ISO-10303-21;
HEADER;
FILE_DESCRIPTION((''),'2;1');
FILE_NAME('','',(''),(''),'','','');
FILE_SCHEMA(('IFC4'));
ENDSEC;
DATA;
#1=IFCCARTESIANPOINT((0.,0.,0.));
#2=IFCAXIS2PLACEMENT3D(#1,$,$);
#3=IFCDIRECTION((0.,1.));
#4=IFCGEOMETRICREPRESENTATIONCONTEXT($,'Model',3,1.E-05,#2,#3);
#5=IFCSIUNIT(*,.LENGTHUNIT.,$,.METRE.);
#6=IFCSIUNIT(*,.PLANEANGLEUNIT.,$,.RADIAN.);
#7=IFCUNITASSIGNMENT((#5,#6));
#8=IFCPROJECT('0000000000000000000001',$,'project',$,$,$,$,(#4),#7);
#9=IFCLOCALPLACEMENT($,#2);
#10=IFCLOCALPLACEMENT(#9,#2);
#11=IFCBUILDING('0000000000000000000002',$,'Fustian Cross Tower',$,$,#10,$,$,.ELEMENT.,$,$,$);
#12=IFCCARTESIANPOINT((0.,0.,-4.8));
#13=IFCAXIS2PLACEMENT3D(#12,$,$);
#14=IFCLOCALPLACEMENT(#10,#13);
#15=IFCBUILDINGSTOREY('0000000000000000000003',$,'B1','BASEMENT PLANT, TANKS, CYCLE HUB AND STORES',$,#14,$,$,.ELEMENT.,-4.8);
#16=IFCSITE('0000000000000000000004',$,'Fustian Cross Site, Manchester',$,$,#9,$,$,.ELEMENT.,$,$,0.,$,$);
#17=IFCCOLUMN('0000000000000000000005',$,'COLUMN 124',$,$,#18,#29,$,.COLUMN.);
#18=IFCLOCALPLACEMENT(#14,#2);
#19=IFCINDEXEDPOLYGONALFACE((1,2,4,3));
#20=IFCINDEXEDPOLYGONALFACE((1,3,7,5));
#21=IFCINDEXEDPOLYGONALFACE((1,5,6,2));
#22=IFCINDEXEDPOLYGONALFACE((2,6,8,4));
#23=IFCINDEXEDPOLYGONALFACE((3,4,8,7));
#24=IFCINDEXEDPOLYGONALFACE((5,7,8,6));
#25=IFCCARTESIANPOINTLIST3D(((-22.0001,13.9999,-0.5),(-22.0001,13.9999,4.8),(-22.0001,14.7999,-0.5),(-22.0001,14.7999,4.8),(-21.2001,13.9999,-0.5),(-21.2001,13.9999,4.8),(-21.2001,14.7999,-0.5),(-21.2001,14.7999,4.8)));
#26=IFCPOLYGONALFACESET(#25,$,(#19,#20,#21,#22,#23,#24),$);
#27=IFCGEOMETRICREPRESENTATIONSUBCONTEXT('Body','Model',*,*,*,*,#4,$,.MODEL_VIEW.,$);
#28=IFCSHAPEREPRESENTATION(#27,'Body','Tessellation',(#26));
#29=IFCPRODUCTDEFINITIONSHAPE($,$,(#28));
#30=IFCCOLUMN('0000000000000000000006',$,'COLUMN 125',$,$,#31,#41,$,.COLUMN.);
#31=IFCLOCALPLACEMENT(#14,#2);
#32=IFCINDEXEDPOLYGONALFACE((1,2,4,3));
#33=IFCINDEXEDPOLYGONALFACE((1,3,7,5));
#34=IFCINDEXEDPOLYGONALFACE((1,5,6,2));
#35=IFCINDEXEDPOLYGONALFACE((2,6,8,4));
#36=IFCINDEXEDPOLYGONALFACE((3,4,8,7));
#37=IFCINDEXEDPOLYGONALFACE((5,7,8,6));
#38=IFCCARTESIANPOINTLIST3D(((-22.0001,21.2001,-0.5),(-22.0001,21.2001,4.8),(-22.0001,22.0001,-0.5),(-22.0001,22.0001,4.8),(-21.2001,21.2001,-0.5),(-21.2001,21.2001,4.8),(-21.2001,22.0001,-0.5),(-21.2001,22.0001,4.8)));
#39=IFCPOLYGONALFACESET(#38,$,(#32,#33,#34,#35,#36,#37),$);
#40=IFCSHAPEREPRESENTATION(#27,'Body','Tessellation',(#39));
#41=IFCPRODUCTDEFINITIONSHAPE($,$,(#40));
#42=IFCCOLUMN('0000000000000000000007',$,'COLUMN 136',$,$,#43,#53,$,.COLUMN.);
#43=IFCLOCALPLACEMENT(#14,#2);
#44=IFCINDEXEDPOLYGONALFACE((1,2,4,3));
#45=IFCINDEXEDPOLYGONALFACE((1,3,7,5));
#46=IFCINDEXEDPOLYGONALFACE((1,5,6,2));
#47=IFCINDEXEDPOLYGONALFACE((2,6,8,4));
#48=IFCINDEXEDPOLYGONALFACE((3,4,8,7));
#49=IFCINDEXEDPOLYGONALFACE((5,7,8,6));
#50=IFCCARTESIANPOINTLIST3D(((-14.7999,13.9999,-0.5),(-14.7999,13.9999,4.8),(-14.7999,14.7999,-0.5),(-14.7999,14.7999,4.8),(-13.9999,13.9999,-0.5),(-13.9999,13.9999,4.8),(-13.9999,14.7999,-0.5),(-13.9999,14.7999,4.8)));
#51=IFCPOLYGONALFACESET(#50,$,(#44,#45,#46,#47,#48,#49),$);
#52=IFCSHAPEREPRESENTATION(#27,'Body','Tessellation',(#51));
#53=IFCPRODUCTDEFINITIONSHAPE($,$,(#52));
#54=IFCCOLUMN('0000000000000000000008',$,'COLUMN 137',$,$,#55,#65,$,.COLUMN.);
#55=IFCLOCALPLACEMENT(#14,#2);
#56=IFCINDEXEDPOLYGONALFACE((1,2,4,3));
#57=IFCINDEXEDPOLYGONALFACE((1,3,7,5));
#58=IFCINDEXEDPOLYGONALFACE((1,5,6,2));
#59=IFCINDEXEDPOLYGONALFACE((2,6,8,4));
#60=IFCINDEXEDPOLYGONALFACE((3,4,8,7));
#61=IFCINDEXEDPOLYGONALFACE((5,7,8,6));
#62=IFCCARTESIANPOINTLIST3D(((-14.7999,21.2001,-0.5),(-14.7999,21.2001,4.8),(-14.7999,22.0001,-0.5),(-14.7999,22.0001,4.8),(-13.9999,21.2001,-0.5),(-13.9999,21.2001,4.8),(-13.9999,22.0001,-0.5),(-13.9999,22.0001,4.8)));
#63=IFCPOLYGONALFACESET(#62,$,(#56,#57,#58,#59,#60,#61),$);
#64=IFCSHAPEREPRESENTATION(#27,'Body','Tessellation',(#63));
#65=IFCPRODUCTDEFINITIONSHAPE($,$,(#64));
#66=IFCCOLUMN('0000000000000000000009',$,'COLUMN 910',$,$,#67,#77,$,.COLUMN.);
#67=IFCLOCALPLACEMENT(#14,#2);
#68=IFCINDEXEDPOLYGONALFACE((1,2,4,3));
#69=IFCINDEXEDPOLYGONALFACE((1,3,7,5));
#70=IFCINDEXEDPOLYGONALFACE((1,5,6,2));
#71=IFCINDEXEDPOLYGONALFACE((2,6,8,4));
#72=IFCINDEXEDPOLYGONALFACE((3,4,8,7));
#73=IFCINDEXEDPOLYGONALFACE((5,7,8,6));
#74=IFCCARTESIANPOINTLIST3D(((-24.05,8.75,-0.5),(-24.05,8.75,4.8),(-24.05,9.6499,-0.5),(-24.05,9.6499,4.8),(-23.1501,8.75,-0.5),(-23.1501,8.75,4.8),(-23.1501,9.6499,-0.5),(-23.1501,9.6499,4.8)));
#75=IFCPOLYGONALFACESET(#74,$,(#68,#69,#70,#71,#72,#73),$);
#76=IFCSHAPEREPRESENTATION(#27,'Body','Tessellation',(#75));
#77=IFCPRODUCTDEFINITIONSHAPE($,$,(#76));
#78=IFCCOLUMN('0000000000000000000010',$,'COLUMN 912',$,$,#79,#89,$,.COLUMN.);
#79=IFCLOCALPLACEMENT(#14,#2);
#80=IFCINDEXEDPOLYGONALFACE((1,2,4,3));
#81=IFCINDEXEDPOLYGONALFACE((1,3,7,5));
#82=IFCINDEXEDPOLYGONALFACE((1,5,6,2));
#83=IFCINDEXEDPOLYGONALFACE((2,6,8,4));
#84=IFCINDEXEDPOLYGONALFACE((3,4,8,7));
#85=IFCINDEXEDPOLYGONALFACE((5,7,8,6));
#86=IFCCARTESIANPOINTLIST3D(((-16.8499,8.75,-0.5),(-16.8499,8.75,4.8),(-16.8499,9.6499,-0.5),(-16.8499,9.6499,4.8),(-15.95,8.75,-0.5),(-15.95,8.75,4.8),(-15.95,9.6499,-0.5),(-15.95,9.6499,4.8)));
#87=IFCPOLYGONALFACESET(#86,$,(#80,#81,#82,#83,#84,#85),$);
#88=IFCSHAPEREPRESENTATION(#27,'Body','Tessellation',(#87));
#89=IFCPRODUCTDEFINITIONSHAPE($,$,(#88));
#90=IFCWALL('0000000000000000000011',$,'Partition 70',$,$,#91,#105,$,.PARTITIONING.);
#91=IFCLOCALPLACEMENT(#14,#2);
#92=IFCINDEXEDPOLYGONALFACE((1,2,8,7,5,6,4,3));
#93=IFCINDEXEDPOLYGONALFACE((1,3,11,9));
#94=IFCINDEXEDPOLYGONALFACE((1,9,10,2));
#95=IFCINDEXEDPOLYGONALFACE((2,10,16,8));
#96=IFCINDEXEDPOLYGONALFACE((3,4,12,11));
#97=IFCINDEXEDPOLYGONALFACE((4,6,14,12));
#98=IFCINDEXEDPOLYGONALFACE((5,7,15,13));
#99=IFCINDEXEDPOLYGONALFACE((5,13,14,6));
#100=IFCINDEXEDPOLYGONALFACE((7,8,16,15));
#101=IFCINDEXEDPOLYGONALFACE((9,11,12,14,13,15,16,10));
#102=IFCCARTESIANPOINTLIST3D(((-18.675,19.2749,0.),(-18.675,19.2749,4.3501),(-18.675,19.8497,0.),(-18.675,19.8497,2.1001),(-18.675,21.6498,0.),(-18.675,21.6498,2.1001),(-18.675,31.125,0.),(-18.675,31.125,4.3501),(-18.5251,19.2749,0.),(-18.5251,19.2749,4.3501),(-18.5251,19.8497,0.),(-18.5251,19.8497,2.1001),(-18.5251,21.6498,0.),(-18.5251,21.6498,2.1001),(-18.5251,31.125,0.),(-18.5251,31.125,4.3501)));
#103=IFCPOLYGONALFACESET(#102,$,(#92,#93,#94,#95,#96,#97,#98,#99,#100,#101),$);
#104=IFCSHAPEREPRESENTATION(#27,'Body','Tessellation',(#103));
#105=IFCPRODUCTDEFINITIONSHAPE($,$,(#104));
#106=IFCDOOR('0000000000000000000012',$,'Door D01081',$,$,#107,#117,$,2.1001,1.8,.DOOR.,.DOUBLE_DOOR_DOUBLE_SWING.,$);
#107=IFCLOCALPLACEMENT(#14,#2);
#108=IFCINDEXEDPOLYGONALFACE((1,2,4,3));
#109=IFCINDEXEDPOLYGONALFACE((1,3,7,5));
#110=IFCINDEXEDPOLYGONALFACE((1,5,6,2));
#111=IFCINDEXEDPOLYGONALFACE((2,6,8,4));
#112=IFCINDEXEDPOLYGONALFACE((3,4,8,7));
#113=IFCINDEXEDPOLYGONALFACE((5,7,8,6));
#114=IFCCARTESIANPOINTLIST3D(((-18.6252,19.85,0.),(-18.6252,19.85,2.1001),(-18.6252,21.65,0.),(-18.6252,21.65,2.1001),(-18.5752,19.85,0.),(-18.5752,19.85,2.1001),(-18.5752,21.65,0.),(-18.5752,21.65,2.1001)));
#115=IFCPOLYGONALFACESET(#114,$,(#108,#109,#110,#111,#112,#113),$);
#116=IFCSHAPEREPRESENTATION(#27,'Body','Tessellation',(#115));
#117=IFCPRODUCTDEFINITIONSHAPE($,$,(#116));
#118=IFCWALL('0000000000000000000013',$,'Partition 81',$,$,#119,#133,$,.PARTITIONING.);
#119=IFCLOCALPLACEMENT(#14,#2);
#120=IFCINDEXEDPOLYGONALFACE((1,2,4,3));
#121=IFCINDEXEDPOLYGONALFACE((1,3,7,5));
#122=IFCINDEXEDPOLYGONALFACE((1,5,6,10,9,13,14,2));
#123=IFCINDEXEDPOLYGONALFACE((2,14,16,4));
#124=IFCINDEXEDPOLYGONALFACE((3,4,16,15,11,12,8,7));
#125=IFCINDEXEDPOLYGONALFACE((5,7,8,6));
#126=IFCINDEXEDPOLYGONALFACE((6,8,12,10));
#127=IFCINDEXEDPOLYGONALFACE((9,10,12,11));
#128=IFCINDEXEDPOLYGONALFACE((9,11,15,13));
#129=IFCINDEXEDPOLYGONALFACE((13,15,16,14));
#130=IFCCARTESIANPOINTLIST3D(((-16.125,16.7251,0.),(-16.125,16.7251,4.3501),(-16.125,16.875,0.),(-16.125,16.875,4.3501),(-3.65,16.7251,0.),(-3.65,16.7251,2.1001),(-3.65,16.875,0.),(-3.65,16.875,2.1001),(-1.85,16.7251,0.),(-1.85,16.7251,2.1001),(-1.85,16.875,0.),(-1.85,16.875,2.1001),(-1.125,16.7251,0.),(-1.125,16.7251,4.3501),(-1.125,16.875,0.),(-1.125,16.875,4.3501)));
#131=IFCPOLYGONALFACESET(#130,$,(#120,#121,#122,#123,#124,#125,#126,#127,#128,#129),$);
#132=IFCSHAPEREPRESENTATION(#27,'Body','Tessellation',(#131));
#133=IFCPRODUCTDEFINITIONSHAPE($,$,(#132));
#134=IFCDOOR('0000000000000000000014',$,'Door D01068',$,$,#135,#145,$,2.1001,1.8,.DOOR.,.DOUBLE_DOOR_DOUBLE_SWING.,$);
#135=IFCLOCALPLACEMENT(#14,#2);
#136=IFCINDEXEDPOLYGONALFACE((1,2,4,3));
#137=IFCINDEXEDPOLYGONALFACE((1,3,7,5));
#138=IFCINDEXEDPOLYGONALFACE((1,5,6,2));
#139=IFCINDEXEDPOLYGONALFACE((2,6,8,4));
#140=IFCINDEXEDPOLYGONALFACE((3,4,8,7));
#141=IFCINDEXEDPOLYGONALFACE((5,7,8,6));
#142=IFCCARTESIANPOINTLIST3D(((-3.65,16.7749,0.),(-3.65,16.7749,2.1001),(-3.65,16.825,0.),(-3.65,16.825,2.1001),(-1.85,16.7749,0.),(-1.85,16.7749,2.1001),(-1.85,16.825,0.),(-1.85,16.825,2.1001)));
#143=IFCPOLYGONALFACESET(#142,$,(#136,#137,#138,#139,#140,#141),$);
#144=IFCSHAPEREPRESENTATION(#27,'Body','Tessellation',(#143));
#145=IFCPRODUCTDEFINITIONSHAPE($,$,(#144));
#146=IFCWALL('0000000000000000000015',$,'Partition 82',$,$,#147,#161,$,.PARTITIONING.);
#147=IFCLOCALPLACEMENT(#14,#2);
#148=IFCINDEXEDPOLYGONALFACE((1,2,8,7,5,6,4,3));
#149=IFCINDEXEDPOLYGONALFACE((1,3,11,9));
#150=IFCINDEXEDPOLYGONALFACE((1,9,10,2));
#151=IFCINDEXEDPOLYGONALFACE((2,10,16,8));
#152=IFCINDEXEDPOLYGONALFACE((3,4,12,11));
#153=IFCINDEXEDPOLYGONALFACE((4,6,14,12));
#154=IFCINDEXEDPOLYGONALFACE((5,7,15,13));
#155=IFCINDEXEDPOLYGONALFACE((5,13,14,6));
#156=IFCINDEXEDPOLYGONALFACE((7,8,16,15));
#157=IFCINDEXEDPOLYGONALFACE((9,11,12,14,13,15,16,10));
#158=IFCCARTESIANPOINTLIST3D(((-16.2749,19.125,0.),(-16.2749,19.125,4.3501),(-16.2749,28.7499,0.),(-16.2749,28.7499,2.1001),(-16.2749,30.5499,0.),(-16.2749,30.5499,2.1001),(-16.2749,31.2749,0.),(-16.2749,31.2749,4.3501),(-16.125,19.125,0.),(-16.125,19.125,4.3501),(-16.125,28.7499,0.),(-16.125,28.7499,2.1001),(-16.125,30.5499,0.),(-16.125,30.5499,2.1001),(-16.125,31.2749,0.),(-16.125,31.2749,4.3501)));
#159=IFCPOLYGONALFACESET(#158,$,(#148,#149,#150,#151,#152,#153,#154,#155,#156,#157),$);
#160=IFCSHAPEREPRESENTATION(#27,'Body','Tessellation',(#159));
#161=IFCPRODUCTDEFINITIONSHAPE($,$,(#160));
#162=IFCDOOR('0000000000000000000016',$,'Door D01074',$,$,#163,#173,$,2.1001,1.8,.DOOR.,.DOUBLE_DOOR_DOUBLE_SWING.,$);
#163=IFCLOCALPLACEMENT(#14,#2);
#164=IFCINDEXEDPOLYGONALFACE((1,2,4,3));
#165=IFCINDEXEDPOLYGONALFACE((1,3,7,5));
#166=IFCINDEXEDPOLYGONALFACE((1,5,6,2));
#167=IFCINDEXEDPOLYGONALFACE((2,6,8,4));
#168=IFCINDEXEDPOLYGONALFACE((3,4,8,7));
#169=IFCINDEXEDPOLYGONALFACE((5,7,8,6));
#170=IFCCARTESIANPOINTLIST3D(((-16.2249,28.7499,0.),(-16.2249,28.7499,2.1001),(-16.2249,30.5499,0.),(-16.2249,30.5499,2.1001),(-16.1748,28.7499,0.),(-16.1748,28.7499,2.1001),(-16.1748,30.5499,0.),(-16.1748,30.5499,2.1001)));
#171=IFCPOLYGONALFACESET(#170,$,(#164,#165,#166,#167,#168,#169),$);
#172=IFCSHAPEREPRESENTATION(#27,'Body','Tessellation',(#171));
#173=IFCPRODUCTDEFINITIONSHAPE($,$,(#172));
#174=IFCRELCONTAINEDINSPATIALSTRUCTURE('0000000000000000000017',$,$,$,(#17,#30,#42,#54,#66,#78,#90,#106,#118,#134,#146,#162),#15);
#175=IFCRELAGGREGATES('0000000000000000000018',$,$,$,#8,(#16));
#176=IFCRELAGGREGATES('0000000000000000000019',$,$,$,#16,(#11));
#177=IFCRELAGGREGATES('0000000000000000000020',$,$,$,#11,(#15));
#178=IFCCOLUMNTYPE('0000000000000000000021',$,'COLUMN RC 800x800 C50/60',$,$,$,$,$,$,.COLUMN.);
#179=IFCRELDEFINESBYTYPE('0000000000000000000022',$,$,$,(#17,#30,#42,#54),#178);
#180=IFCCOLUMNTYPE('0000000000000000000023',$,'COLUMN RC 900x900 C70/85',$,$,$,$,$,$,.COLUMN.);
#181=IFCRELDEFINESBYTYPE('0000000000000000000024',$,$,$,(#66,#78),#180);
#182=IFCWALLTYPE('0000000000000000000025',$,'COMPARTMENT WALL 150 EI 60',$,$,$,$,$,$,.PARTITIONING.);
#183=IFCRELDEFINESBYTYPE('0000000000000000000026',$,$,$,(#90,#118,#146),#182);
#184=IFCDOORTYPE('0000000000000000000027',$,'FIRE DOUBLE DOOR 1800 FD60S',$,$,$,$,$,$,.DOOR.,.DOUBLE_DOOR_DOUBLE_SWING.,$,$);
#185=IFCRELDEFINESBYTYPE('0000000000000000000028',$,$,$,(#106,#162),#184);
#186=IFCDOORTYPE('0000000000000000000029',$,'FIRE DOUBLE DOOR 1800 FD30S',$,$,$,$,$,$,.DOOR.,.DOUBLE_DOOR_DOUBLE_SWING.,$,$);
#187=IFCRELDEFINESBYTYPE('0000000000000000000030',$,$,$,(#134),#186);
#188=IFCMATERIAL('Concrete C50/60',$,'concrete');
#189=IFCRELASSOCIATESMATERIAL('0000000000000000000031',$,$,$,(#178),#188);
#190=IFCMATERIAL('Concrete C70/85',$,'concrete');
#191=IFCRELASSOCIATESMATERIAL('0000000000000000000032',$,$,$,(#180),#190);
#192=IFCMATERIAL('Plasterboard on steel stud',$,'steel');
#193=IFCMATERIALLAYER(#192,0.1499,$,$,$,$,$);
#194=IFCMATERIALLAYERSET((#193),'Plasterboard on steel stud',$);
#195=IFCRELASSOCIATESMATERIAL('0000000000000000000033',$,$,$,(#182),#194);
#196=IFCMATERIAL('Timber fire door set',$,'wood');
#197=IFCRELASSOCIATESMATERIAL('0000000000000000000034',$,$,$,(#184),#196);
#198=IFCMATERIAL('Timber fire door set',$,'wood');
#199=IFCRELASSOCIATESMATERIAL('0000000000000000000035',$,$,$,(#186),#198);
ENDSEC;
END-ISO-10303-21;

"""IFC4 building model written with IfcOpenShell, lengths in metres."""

from ifc_helpers import new_model, si_unit, direction, frame, frame_2d, origin, origin_2d, place, context, subcontext, project, spatial, rectangle, extrude, material, layer, layer_set, material_profile, profile_set, type_object, element, fill, save


model = new_model("IFC4")

# Units and contexts
model_context = context("Model", 3, precision=1e-05, world=origin(), true_north=direction((0.0, 1.0)))
body_context = subcontext(model_context, "Body", "Model", "MODEL_VIEW")
ifc_project = project(units=[si_unit("LENGTHUNIT", "METRE"), si_unit("PLANEANGLEUNIT", "RADIAN")], contexts=[model_context])

# Site, building, storey
site_placement = place(None, origin())
site = spatial("IfcSite", under=ifc_project, at=site_placement, Name="Fustian Cross Site, Manchester", CompositionType="ELEMENT", RefElevation=0.0)
building_placement = place(site_placement, origin())
building = spatial("IfcBuilding", under=site, at=building_placement, Name="Fustian Cross Tower", CompositionType="ELEMENT")
storey_placement = place(building_placement, frame((0.0, 0.0, -4.8)))
storey = spatial("IfcBuildingStorey", under=building, at=storey_placement, Name="B1", Description="BASEMENT PLANT, TANKS, CYCLE HUB AND STORES", CompositionType="ELEMENT", Elevation=-4.8)

# Columns
ifc_material_1 = material(Name="Concrete C50/60", Category="concrete")
ifc_material_profile_1 = material_profile(ifc_material_1, rectangle(XDim=0.8, YDim=0.8, at=origin_2d()), Name="RC 800x800")
ifc_profile_set_1 = profile_set([ifc_material_profile_1], Name="Concrete C50/60")
column_type_1 = type_object("IfcColumnType", Name="COLUMN RC 800x800 C50/60", PredefinedType="COLUMN", material=ifc_profile_set_1)
for number, where, z_axis, x_axis, name in (
    (1, (-21.6001, 14.3999, -0.5), (0.0, 0.0, 1.0), (1.0, 0.0, 0.0), "COLUMN 124"),
    (2, (-21.6001, 21.6001, -0.5), (0.0, 0.0, 1.0), (1.0, 0.0, 0.0), "COLUMN 125"),
    (3, (-14.3999, 14.3999, -0.5), (0.0, 0.0, 1.0), (1.0, 0.0, 0.0), "COLUMN 136"),
    (4, (-14.3999, 21.6001, -0.5), (0.0, 0.0, 1.0), (1.0, 0.0, 0.0), "COLUMN 137"),
):
    element("IfcColumn", number, at=place(storey_placement, frame(where, z_axis=z_axis, x_axis=x_axis)), inside=storey, type_object=column_type_1, Name=name, PredefinedType="COLUMN", context=body_context, shape_type="SweptSolid", body=[
        extrude(rectangle(XDim=0.8, YDim=0.8, at=origin_2d()), origin(), (0.0, 0.0, 1.0), 5.3),
    ])
ifc_material_2 = material(Name="Concrete C70/85", Category="concrete")
ifc_material_profile_2 = material_profile(ifc_material_2, rectangle(XDim=0.8999, YDim=0.8999, at=origin_2d()), Name="RC 900x900")
ifc_profile_set_2 = profile_set([ifc_material_profile_2], Name="Concrete C70/85")
column_type_2 = type_object("IfcColumnType", Name="COLUMN RC 900x900 C70/85", PredefinedType="COLUMN", material=ifc_profile_set_2)
for number, where, z_axis, x_axis, name in (
    (5, (-23.6001, 9.2, -0.5), (0.0, 0.0, 1.0), (1.0, 0.0, 0.0), "COLUMN 910"),
    (6, (-16.3999, 9.2, -0.5), (0.0, 0.0, 1.0), (1.0, 0.0, 0.0), "COLUMN 912"),
):
    element("IfcColumn", number, at=place(storey_placement, frame(where, z_axis=z_axis, x_axis=x_axis)), inside=storey, type_object=column_type_2, Name=name, PredefinedType="COLUMN", context=body_context, shape_type="SweptSolid", body=[
        extrude(rectangle(XDim=0.8999, YDim=0.8999, at=origin_2d()), origin(), (0.0, 0.0, 1.0), 5.3),
    ])

# Walls, openings, doors
ifc_material_3 = material(Name="Plasterboard on steel stud", Category="steel")
ifc_layer = layer(ifc_material_3, 0.1499)
ifc_layer_set = layer_set([ifc_layer], Name="Plasterboard on steel stud")
wall_type = type_object("IfcWallType", Name="COMPARTMENT WALL 150 EI 60", PredefinedType="PARTITIONING", material=ifc_layer_set)
wall_1_placement = place(storey_placement, frame((-18.6001, 19.2749, 0.0), z_axis=(0.0, 0.0, 1.0), x_axis=(0.0, 1.0, 0.0)))
wall_1 = element("IfcWall", 7, at=wall_1_placement, inside=storey, type_object=wall_type, Name="Partition 70", PredefinedType="PARTITIONING", context=body_context, shape_type="SweptSolid", body=[
    extrude(rectangle(XDim=11.8501, YDim=0.1499, at=frame_2d((5.925, 0.0))), origin(), (0.0, 0.0, 1.0), 4.3501),
])
opening_1_placement = place(wall_1_placement, frame((0.575, 0.0, 0.0)))
opening_1 = element("IfcOpeningElement", 8, at=opening_1_placement, cuts=wall_1, PredefinedType="OPENING", context=body_context, shape_type="SweptSolid", body=[
    extrude(rectangle(XDim=1.8, YDim=2.1001, at=frame_2d((0.8999, 1.05))), frame((0.0, 0.085, 0.0), z_axis=(0.0, -1.0, 0.0), x_axis=(1.0, 0.0, 0.0)), (0.0, 0.0, 1.0), 0.1699),
])
ifc_material_4 = material(Name="Timber fire door set", Category="wood")
door_type_1 = type_object("IfcDoorType", Name="FIRE DOUBLE DOOR 1800 FD60S", OperationType="DOUBLE_DOOR_DOUBLE_SWING", PredefinedType="DOOR", material=ifc_material_4)
door_1_placement = place(opening_1_placement, frame((1.8, 0.0, 0.0), z_axis=(0.0, 0.0, 1.0), x_axis=(-1.0, 0.0, 0.0)))
door_1 = element("IfcDoor", 9, at=door_1_placement, inside=storey, type_object=door_type_1, Name="Door D01081", OperationType="DOUBLE_DOOR_DOUBLE_SWING", OverallHeight=2.1001, OverallWidth=1.8, PredefinedType="DOOR", context=body_context, shape_type="SweptSolid", body=[
    extrude(rectangle(XDim=1.8, YDim=2.1001, at=frame_2d((0.8999, 1.05))), frame((0.0, 0.0249, 0.0), z_axis=(0.0, -1.0, 0.0), x_axis=(1.0, 0.0, 0.0)), (0.0, 0.0, 1.0), 0.05),
])
fill(opening_1, door_1)
wall_2_placement = place(storey_placement, frame((-16.125, 16.8, 0.0), z_axis=(0.0, 0.0, 1.0), x_axis=(1.0, 0.0, 0.0)))
wall_2 = element("IfcWall", 10, at=wall_2_placement, inside=storey, type_object=wall_type, Name="Partition 81", PredefinedType="PARTITIONING", context=body_context, shape_type="SweptSolid", body=[
    extrude(rectangle(XDim=15.0, YDim=0.1499, at=frame_2d((7.5, 0.0))), origin(), (0.0, 0.0, 1.0), 4.3501),
])
opening_2_placement = place(wall_2_placement, frame((12.4751, 0.0, 0.0)))
opening_2 = element("IfcOpeningElement", 11, at=opening_2_placement, cuts=wall_2, PredefinedType="OPENING", context=body_context, shape_type="SweptSolid", body=[
    extrude(rectangle(XDim=1.8, YDim=2.1001, at=frame_2d((0.8999, 1.05))), frame((0.0, 0.085, 0.0), z_axis=(0.0, -1.0, 0.0), x_axis=(1.0, 0.0, 0.0)), (0.0, 0.0, 1.0), 0.1699),
])
ifc_material_5 = material(Name="Timber fire door set", Category="wood")
door_type_2 = type_object("IfcDoorType", Name="FIRE DOUBLE DOOR 1800 FD30S", OperationType="DOUBLE_DOOR_DOUBLE_SWING", PredefinedType="DOOR", material=ifc_material_5)
door_2_placement = place(opening_2_placement, origin())
door_2 = element("IfcDoor", 12, at=door_2_placement, inside=storey, type_object=door_type_2, Name="Door D01068", OperationType="DOUBLE_DOOR_DOUBLE_SWING", OverallHeight=2.1001, OverallWidth=1.8, PredefinedType="DOOR", context=body_context, shape_type="SweptSolid", body=[
    extrude(rectangle(XDim=1.8, YDim=2.1001, at=frame_2d((0.8999, 1.05))), frame((0.0, 0.0249, 0.0), z_axis=(0.0, -1.0, 0.0), x_axis=(1.0, 0.0, 0.0)), (0.0, 0.0, 1.0), 0.05),
])
fill(opening_2, door_2)
wall_3_placement = place(storey_placement, frame((-16.2, 19.125, 0.0), z_axis=(0.0, 0.0, 1.0), x_axis=(0.0, 1.0, 0.0)))
wall_3 = element("IfcWall", 13, at=wall_3_placement, inside=storey, type_object=wall_type, Name="Partition 82", PredefinedType="PARTITIONING", context=body_context, shape_type="SweptSolid", body=[
    extrude(rectangle(XDim=12.1499, YDim=0.1499, at=frame_2d((6.075, 0.0))), origin(), (0.0, 0.0, 1.0), 4.3501),
])
opening_3_placement = place(wall_3_placement, frame((9.625, 0.0, 0.0)))
opening_3 = element("IfcOpeningElement", 14, at=opening_3_placement, cuts=wall_3, PredefinedType="OPENING", context=body_context, shape_type="SweptSolid", body=[
    extrude(rectangle(XDim=1.8, YDim=2.1001, at=frame_2d((0.8999, 1.05))), frame((0.0, 0.085, 0.0), z_axis=(0.0, -1.0, 0.0), x_axis=(1.0, 0.0, 0.0)), (0.0, 0.0, 1.0), 0.1699),
])
door_3_placement = place(opening_3_placement, origin())
door_3 = element("IfcDoor", 15, at=door_3_placement, inside=storey, type_object=door_type_1, Name="Door D01074", OperationType="DOUBLE_DOOR_DOUBLE_SWING", OverallHeight=2.1001, OverallWidth=1.8, PredefinedType="DOOR", context=body_context, shape_type="SweptSolid", body=[
    extrude(rectangle(XDim=1.8, YDim=2.1001, at=frame_2d((0.8999, 1.05))), frame((0.0, 0.0249, 0.0), z_axis=(0.0, -1.0, 0.0), x_axis=(1.0, 0.0, 0.0)), (0.0, 0.0, 1.0), 0.05),
])
fill(opening_3, door_3)

save(model, "model.ifc")
